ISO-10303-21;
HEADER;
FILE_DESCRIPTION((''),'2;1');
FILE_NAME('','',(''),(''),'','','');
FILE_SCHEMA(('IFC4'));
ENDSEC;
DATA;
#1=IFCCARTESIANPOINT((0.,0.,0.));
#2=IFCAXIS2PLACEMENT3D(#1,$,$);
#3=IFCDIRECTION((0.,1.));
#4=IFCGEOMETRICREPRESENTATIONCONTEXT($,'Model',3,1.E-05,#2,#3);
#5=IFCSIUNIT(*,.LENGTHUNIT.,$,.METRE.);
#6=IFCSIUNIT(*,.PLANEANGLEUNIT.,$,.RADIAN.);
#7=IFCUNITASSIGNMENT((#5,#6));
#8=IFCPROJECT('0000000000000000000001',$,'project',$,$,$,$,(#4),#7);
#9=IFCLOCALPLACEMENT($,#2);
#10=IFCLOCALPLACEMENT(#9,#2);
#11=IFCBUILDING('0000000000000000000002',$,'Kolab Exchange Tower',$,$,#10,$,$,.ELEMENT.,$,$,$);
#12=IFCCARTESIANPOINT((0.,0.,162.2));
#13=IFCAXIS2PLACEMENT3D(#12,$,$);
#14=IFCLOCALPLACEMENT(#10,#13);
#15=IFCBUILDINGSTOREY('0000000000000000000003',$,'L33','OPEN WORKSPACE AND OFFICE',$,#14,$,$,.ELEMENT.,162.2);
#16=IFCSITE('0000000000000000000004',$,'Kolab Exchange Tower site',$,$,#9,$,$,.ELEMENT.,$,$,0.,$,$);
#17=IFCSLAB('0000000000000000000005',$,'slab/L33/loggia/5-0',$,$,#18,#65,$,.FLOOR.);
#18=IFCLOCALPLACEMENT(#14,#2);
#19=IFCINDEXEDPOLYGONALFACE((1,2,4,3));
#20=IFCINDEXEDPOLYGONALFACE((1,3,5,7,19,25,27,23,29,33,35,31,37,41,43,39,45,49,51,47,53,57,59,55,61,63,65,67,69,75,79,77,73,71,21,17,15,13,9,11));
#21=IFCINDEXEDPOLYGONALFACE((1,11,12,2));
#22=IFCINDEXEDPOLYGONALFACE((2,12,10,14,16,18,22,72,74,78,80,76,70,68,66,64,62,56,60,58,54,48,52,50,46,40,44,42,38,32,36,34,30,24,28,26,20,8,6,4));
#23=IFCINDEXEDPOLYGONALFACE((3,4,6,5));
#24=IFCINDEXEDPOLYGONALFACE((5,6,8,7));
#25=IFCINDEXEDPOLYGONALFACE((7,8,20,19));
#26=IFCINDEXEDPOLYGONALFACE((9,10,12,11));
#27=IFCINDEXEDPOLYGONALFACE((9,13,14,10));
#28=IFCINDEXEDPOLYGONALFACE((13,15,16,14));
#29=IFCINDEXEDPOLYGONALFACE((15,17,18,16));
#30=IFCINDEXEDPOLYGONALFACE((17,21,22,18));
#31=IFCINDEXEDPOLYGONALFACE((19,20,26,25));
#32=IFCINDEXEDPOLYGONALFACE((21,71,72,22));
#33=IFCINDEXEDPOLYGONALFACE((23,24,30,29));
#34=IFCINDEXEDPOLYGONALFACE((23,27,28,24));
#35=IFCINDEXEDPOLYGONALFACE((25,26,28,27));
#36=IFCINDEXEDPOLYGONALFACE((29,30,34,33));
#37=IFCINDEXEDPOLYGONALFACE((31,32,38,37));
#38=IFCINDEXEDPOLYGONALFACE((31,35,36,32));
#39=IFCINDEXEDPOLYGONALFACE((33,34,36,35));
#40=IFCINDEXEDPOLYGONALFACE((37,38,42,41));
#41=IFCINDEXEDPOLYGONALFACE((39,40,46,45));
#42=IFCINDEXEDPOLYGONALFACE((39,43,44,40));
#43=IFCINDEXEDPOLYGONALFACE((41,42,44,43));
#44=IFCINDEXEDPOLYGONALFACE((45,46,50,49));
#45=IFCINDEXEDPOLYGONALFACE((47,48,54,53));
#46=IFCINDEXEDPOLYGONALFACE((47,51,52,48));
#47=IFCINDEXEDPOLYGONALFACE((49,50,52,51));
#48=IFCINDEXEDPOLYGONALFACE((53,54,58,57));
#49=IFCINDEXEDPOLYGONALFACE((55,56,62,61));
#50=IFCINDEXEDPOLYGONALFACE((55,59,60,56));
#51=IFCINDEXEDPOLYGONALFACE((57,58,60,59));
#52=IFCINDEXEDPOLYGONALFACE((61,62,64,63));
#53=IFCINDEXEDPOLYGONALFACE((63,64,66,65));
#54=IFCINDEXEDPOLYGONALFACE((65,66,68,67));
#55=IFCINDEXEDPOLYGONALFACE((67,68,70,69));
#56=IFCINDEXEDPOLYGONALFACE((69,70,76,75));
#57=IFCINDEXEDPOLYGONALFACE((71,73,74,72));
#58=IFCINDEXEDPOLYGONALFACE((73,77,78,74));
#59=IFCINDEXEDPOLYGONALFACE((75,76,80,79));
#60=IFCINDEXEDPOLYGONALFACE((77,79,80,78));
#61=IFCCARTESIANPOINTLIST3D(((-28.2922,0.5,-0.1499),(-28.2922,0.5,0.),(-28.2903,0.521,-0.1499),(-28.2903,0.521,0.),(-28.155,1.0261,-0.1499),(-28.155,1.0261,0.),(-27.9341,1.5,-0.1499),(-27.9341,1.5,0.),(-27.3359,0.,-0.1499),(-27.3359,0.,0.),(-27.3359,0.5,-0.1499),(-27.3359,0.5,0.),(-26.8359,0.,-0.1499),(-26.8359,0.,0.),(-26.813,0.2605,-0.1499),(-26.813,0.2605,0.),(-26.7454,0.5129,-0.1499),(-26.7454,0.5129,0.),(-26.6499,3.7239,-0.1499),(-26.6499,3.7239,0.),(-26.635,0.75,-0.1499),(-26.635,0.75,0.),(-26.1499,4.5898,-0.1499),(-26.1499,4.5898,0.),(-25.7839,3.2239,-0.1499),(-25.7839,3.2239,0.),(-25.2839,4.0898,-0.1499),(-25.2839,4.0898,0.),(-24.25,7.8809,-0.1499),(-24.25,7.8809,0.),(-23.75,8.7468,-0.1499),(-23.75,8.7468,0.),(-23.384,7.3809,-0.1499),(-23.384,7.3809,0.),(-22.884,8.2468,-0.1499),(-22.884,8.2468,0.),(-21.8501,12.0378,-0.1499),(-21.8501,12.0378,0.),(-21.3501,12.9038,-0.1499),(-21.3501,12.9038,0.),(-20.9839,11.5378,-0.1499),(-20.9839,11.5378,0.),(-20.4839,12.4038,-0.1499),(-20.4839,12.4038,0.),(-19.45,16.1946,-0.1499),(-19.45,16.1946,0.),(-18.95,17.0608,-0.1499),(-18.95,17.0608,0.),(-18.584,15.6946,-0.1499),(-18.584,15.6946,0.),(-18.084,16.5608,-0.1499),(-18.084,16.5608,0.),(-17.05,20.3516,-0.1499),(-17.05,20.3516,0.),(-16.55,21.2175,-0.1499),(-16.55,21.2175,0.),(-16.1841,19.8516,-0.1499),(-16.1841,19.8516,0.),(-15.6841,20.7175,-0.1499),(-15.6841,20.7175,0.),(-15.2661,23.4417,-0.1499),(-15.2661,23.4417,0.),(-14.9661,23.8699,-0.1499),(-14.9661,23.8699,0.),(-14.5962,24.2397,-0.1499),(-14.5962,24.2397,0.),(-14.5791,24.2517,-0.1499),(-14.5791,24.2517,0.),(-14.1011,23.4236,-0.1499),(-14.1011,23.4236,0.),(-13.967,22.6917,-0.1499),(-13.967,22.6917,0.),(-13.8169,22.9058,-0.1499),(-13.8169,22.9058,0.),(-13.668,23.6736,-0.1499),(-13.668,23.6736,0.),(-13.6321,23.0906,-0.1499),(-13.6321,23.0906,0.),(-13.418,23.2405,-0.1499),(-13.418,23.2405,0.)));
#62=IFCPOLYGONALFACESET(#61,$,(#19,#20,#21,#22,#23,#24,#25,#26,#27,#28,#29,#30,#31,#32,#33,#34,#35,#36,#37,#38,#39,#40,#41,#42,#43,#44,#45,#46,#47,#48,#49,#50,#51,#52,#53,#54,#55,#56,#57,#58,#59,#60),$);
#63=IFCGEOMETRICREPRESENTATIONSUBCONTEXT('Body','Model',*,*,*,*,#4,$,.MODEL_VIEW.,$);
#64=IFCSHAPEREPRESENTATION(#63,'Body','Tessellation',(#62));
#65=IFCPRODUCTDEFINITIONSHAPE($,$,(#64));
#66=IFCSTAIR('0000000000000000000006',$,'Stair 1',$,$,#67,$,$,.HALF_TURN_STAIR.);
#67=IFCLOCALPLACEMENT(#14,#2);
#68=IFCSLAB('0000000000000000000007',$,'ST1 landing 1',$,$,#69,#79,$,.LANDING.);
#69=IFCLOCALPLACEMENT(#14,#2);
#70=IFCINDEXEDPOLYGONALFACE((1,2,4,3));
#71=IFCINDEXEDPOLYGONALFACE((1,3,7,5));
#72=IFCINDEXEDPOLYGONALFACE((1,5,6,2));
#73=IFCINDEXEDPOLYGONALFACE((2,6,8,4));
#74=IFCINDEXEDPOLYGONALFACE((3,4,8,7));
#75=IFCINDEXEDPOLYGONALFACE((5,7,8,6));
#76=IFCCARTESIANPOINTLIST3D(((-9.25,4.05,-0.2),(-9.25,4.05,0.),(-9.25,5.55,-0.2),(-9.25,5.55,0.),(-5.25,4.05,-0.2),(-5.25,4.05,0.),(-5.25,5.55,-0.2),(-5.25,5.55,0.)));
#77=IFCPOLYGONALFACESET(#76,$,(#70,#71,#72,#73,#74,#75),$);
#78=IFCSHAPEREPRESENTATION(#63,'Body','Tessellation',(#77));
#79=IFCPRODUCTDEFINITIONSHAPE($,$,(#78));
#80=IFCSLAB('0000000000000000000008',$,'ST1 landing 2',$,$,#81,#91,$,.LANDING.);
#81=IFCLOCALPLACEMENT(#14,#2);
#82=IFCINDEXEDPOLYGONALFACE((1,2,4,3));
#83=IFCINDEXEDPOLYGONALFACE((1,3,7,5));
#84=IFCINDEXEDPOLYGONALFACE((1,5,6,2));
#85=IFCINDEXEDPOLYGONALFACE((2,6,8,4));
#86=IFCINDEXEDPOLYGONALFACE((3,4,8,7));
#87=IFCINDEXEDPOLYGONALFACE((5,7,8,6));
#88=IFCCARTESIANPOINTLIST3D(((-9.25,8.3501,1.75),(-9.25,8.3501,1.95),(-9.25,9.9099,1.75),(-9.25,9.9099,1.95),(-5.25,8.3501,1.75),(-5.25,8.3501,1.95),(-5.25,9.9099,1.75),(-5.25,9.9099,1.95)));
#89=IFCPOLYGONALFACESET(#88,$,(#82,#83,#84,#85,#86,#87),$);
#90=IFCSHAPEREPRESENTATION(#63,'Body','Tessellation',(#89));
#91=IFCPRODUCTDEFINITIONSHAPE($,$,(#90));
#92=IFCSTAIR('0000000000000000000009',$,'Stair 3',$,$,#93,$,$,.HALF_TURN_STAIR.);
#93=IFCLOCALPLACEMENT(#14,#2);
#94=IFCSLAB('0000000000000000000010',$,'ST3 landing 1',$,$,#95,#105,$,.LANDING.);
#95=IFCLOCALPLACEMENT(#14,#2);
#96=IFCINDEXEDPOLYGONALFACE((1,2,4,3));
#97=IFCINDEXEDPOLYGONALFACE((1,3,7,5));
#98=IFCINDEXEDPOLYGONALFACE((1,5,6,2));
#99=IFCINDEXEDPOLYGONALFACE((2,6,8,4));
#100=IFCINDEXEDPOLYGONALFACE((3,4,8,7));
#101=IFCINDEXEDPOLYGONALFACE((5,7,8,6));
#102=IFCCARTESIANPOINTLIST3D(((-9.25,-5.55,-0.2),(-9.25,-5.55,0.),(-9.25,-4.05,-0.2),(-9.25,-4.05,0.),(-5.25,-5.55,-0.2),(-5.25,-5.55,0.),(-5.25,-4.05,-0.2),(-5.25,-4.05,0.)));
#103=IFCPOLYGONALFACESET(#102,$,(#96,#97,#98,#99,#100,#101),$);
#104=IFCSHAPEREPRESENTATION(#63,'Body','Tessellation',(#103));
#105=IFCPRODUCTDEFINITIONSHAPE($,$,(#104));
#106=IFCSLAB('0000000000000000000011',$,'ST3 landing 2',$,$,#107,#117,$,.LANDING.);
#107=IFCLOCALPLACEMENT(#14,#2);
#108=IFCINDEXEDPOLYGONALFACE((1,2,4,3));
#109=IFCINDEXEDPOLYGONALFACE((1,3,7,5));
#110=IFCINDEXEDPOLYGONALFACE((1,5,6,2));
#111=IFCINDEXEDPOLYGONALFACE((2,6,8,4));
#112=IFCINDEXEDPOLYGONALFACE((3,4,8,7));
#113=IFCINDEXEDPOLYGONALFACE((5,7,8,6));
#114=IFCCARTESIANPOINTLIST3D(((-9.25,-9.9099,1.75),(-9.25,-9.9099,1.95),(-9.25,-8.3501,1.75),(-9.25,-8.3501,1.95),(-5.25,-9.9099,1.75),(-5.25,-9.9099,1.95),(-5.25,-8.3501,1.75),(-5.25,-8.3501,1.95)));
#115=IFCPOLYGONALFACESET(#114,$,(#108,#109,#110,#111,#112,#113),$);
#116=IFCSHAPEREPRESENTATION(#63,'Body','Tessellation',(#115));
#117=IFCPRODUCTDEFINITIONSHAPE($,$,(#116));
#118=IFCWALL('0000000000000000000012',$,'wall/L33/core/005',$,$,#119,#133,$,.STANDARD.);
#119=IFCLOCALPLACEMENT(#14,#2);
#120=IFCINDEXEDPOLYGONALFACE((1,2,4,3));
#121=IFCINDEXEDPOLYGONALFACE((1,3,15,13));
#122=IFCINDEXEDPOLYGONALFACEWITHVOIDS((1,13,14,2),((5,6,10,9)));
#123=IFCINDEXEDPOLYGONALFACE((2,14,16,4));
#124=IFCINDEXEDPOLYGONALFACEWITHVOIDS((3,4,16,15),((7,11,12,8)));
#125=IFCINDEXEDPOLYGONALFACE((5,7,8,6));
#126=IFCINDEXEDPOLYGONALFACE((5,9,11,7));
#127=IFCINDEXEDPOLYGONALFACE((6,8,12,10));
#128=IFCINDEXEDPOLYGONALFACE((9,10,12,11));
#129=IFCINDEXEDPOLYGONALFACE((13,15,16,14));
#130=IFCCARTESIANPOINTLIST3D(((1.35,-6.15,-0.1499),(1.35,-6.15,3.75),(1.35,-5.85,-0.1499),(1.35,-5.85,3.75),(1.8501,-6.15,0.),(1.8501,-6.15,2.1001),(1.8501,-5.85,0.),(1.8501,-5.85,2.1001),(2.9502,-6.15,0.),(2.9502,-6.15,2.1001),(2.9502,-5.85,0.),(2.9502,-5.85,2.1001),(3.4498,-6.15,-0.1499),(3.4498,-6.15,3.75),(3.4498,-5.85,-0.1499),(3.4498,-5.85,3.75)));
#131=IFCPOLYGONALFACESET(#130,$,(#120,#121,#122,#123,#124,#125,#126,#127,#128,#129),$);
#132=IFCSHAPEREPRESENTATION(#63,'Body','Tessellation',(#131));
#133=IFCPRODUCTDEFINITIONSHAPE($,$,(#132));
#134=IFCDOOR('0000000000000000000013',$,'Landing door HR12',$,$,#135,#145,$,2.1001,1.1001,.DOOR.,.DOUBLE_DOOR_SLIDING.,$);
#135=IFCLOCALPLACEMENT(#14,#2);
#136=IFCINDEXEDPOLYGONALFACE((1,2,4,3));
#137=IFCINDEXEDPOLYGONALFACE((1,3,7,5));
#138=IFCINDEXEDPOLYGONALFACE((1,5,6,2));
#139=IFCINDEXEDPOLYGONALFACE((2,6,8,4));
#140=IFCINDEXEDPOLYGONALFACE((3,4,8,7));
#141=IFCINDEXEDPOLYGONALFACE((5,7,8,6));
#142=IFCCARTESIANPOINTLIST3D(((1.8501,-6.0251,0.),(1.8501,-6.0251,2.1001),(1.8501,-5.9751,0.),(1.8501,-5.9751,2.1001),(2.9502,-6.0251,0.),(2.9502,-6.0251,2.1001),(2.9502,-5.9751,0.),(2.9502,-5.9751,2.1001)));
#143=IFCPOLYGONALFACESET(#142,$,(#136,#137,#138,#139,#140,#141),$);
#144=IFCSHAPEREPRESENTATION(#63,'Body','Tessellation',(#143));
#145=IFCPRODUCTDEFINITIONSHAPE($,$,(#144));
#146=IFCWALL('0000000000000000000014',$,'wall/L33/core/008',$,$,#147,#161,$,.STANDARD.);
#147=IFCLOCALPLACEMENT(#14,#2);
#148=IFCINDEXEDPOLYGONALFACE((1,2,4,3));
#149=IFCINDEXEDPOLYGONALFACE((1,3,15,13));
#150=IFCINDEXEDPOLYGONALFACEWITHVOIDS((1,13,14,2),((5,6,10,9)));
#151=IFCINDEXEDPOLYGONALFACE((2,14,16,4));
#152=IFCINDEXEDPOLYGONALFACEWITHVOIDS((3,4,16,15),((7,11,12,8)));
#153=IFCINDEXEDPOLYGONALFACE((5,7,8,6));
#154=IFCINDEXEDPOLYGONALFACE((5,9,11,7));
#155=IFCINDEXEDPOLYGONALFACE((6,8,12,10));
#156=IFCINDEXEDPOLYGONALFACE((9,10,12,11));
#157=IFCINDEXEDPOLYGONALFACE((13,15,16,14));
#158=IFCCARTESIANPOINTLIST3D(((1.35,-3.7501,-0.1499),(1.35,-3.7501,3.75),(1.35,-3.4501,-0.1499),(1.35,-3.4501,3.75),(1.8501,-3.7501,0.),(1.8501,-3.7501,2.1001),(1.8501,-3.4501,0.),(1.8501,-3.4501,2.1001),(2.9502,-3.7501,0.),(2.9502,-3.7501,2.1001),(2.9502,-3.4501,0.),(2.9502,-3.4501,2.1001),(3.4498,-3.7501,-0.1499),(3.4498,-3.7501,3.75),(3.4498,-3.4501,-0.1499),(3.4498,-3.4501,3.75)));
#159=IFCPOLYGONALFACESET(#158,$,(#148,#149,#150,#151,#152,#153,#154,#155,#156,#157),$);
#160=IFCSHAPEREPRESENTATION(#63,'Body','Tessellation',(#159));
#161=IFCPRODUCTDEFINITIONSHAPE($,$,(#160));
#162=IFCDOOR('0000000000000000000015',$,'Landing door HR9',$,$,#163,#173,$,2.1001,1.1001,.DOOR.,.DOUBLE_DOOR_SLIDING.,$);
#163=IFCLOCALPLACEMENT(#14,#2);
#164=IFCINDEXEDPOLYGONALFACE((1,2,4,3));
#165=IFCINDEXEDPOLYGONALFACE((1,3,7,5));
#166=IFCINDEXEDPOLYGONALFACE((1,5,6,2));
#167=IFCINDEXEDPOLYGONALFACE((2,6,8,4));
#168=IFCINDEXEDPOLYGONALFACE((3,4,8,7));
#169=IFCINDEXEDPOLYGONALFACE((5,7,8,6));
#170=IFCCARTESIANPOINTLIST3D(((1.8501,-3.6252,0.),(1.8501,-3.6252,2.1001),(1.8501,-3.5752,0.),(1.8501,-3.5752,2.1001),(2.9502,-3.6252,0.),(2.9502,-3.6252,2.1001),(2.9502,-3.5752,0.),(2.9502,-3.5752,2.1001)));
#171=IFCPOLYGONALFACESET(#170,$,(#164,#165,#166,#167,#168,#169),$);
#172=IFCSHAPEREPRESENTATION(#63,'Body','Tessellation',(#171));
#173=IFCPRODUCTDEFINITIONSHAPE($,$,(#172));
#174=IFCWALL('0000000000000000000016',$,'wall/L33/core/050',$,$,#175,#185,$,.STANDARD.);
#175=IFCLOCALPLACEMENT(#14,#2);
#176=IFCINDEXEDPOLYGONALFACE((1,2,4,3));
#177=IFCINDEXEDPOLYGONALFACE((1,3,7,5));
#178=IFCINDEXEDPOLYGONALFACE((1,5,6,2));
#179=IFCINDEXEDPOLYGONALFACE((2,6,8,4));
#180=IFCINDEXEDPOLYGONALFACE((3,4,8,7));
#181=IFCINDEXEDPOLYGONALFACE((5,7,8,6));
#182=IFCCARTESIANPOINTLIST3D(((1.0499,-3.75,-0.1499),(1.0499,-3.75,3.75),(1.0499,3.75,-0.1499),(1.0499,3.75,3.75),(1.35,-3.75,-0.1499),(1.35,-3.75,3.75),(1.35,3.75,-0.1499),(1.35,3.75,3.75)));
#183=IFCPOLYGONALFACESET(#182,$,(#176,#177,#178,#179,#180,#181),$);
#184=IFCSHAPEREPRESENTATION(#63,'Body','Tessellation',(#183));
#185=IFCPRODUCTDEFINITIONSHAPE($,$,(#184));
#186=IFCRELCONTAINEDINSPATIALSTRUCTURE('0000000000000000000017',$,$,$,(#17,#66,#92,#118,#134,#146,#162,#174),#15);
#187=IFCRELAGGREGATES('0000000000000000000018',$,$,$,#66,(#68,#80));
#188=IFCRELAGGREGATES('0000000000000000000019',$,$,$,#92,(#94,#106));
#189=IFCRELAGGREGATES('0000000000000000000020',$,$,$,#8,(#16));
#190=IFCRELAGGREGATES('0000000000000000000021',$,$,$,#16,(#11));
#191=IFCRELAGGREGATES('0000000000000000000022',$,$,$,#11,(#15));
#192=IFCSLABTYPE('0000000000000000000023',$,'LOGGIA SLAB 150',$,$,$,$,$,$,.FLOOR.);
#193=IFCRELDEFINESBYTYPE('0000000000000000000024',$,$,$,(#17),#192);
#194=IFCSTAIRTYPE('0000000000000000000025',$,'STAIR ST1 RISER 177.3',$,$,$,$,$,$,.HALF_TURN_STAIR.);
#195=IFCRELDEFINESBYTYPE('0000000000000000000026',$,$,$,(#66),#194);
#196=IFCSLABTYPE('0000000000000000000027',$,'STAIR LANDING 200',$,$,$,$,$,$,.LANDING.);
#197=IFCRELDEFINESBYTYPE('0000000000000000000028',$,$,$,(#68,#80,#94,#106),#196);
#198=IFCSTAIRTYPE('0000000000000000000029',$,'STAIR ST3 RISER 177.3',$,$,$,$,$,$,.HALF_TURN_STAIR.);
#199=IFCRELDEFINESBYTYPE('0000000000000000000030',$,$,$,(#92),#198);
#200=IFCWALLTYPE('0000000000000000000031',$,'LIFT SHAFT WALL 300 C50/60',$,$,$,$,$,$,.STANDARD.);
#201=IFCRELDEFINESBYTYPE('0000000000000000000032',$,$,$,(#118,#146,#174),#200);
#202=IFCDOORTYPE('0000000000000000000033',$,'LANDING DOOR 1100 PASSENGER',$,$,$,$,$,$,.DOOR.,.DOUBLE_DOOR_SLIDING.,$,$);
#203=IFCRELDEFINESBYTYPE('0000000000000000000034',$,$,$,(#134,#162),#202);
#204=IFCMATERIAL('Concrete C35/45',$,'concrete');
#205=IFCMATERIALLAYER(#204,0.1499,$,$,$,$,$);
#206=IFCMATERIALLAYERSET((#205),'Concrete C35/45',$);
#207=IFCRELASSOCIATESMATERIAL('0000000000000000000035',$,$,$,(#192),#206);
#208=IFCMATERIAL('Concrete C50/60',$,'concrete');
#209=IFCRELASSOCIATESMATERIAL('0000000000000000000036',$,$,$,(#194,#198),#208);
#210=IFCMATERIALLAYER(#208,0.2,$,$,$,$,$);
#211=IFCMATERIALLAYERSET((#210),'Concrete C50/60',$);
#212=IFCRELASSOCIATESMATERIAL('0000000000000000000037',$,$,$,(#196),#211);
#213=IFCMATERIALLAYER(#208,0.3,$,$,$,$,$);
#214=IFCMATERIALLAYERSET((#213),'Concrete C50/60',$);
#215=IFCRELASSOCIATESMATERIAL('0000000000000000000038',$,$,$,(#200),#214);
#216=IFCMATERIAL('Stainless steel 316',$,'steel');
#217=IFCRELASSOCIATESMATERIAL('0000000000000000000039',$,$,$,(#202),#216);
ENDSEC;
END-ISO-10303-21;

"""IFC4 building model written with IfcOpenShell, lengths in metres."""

from ifc_helpers import new_model, si_unit, direction, frame, frame_2d, origin, place, context, subcontext, project, spatial, polyline, rectangle, outline, extrude, material, layer, layer_set, type_object, element, fill, aggregate, save


model = new_model("IFC4")

# Units and contexts
model_context = context("Model", 3, precision=1e-05, world=origin(), true_north=direction((0.0, 1.0)))
body_context = subcontext(model_context, "Body", "Model", "MODEL_VIEW")
ifc_project = project(units=[si_unit("LENGTHUNIT", "METRE"), si_unit("PLANEANGLEUNIT", "RADIAN")], contexts=[model_context])

# Site, building, storey
site_placement = place(None, origin())
site = spatial("IfcSite", under=ifc_project, at=site_placement, Name="Kolab Exchange Tower site", CompositionType="ELEMENT", RefElevation=0.0)
building_placement = place(site_placement, origin())
building = spatial("IfcBuilding", under=site, at=building_placement, Name="Kolab Exchange Tower", CompositionType="ELEMENT")
storey_placement = place(building_placement, frame((0.0, 0.0, 162.2)))
storey = spatial("IfcBuildingStorey", under=building, at=storey_placement, Name="L33", Description="OPEN WORKSPACE AND OFFICE", CompositionType="ELEMENT", Elevation=162.2)

# Slab
ifc_material_1 = material(Name="Concrete C35/45", Category="concrete")
ifc_layer_1 = layer(ifc_material_1, 0.1499)
ifc_layer_set_1 = layer_set([ifc_layer_1], Name="Concrete C35/45")
slab_type_1 = type_object("IfcSlabType", Name="LOGGIA SLAB 150", PredefinedType="FLOOR", material=ifc_layer_set_1)
slab_1_placement = place(storey_placement, frame((0.0, 0.0, -0.1499)))
element("IfcSlab", 1, at=slab_1_placement, inside=storey, type_object=slab_type_1, Name="slab/L33/loggia/5-0", PredefinedType="FLOOR", context=body_context, shape_type="SweptSolid", body=[
    extrude(outline(polyline([(-13.418, 23.2405), (-13.668, 23.6736), (-14.1011, 23.4236), (-14.5791, 24.2517), (-14.5962, 24.2397), (-14.9661, 23.8699), (-15.2661, 23.4417), (-16.55, 21.2175), (-15.6841, 20.7175), (-16.1841, 19.8516), (-17.05, 20.3516), (-18.95, 17.0608), (-18.084, 16.5608), (-18.584, 15.6946), (-19.45, 16.1946), (-21.3501, 12.9038), (-20.4839, 12.4038), (-20.9839, 11.5378), (-21.8501, 12.0378), (-23.75, 8.7468), (-22.884, 8.2468), (-23.384, 7.3809), (-24.25, 7.8809), (-26.1499, 4.5898), (-25.2839, 4.0898), (-25.7839, 3.2239), (-26.6499, 3.7239), (-27.9341, 1.5), (-28.155, 1.0261), (-28.2903, 0.521), (-28.2922, 0.5), (-27.3359, 0.5), (-27.3359, 0.0), (-26.8359, 0.0), (-26.813, 0.2605), (-26.7454, 0.5129), (-26.635, 0.75), (-13.967, 22.6917), (-13.8169, 22.9058), (-13.6321, 23.0906), (-13.418, 23.2405)])), origin(), (0.0, 0.0, 1.0), 0.1499),
])

# Stairs, slabs
ifc_material_2 = material(Name="Concrete C50/60", Category="concrete")
stair_type_1 = type_object("IfcStairType", Name="STAIR ST1 RISER 177.3", PredefinedType="HALF_TURN_STAIR", material=ifc_material_2)
stair_1_placement = place(storey_placement, origin())
stair_1 = element("IfcStair", 2, at=stair_1_placement, inside=storey, type_object=stair_type_1, Name="Stair 1", PredefinedType="HALF_TURN_STAIR")
ifc_layer_2 = layer(ifc_material_2, 0.2)
ifc_layer_set_2 = layer_set([ifc_layer_2], Name="Concrete C50/60")
slab_type_2 = type_object("IfcSlabType", Name="STAIR LANDING 200", PredefinedType="LANDING", material=ifc_layer_set_2)
slab_2_placement = place(storey_placement, frame((0.0, 0.0, -0.2)))
slab_2 = element("IfcSlab", 3, at=slab_2_placement, type_object=slab_type_2, Name="ST1 landing 1", PredefinedType="LANDING", context=body_context, shape_type="SweptSolid", body=[
    extrude(outline(polyline([(-9.25, 4.05), (-5.25, 4.05), (-5.25, 5.55), (-9.25, 5.55), (-9.25, 4.05)])), origin(), (0.0, 0.0, 1.0), 0.2),
])
slab_3_placement = place(storey_placement, frame((0.0, 0.0, 1.75)))
slab_3 = element("IfcSlab", 4, at=slab_3_placement, type_object=slab_type_2, Name="ST1 landing 2", PredefinedType="LANDING", context=body_context, shape_type="SweptSolid", body=[
    extrude(outline(polyline([(-9.25, 8.3501), (-5.25, 8.3501), (-5.25, 9.9099), (-9.25, 9.9099), (-9.25, 8.3501)])), origin(), (0.0, 0.0, 1.0), 0.2),
])
aggregate(stair_1, [slab_2, slab_3])
stair_type_2 = type_object("IfcStairType", Name="STAIR ST3 RISER 177.3", PredefinedType="HALF_TURN_STAIR", material=ifc_material_2)
stair_2_placement = place(storey_placement, origin())
stair_2 = element("IfcStair", 5, at=stair_2_placement, inside=storey, type_object=stair_type_2, Name="Stair 3", PredefinedType="HALF_TURN_STAIR")
slab_4_placement = place(storey_placement, frame((0.0, 0.0, -0.2)))
slab_4 = element("IfcSlab", 6, at=slab_4_placement, type_object=slab_type_2, Name="ST3 landing 1", PredefinedType="LANDING", context=body_context, shape_type="SweptSolid", body=[
    extrude(outline(polyline([(-9.25, -5.55), (-5.25, -5.55), (-5.25, -4.05), (-9.25, -4.05), (-9.25, -5.55)])), origin(), (0.0, 0.0, 1.0), 0.2),
])
slab_5_placement = place(storey_placement, frame((0.0, 0.0, 1.75)))
slab_5 = element("IfcSlab", 7, at=slab_5_placement, type_object=slab_type_2, Name="ST3 landing 2", PredefinedType="LANDING", context=body_context, shape_type="SweptSolid", body=[
    extrude(outline(polyline([(-9.25, -9.9099), (-5.25, -9.9099), (-5.25, -8.3501), (-9.25, -8.3501), (-9.25, -9.9099)])), origin(), (0.0, 0.0, 1.0), 0.2),
])
aggregate(stair_2, [slab_4, slab_5])

# Walls, openings, doors
ifc_layer_3 = layer(ifc_material_2, 0.3)
ifc_layer_set_3 = layer_set([ifc_layer_3], Name="Concrete C50/60")
wall_type_1 = type_object("IfcWallType", Name="LIFT SHAFT WALL 300 C50/60", PredefinedType="STANDARD", material=ifc_layer_set_3)
wall_1_placement = place(storey_placement, frame((1.3501, -6.0, -0.1499), z_axis=(0.0, 0.0, 1.0), x_axis=(1.0, 0.0, 0.0)))
wall_1 = element("IfcWall", 8, at=wall_1_placement, inside=storey, type_object=wall_type_1, Name="wall/L33/core/005", PredefinedType="STANDARD", context=body_context, shape_type="SweptSolid", body=[
    extrude(rectangle(XDim=2.0999, YDim=0.3, at=frame_2d((1.0498, 0.0))), origin(), (0.0, 0.0, 1.0), 3.8999),
])
opening_1_placement = place(wall_1_placement, frame((0.5, 0.0, 0.1499)))
opening_1 = element("IfcOpeningElement", 9, at=opening_1_placement, cuts=wall_1, PredefinedType="OPENING", context=body_context, shape_type="SweptSolid", body=[
    extrude(rectangle(XDim=1.1001, YDim=2.1001, at=frame_2d((0.55, 1.05))), frame((0.0, 0.1602, 0.0), z_axis=(0.0, -1.0, 0.0), x_axis=(1.0, 0.0, 0.0)), (0.0, 0.0, 1.0), 0.3201),
])
ifc_material_3 = material(Name="Stainless steel 316", Category="steel")
door_type_1 = type_object("IfcDoorType", Name="LANDING DOOR 1100 PASSENGER", OperationType="DOUBLE_DOOR_SLIDING", PredefinedType="DOOR", material=ifc_material_3)
door_1_placement = place(opening_1_placement, origin())
door_1 = element("IfcDoor", 10, at=door_1_placement, inside=storey, type_object=door_type_1, Name="Landing door HR12", OperationType="DOUBLE_DOOR_SLIDING", OverallHeight=2.1001, OverallWidth=1.1001, PredefinedType="DOOR", context=body_context, shape_type="SweptSolid", body=[
    extrude(rectangle(XDim=1.1001, YDim=2.1001, at=frame_2d((0.55, 1.05))), frame((0.0, 0.0249, 0.0), z_axis=(0.0, -1.0, 0.0), x_axis=(1.0, 0.0, 0.0)), (0.0, 0.0, 1.0), 0.05),
])
fill(opening_1, door_1)
wall_2_placement = place(storey_placement, frame((1.3501, -3.6001, -0.1499), z_axis=(0.0, 0.0, 1.0), x_axis=(1.0, 0.0, 0.0)))
wall_2 = element("IfcWall", 11, at=wall_2_placement, inside=storey, type_object=wall_type_1, Name="wall/L33/core/008", PredefinedType="STANDARD", context=body_context, shape_type="SweptSolid", body=[
    extrude(rectangle(XDim=2.0999, YDim=0.3, at=frame_2d((1.0498, 0.0))), origin(), (0.0, 0.0, 1.0), 3.8999),
])
opening_2_placement = place(wall_2_placement, frame((0.5, 0.0, 0.1499)))
opening_2 = element("IfcOpeningElement", 12, at=opening_2_placement, cuts=wall_2, PredefinedType="OPENING", context=body_context, shape_type="SweptSolid", body=[
    extrude(rectangle(XDim=1.1001, YDim=2.1001, at=frame_2d((0.55, 1.05))), frame((0.0, 0.1602, 0.0), z_axis=(0.0, -1.0, 0.0), x_axis=(1.0, 0.0, 0.0)), (0.0, 0.0, 1.0), 0.3201),
])
door_2_placement = place(opening_2_placement, origin())
door_2 = element("IfcDoor", 13, at=door_2_placement, inside=storey, type_object=door_type_1, Name="Landing door HR9", OperationType="DOUBLE_DOOR_SLIDING", OverallHeight=2.1001, OverallWidth=1.1001, PredefinedType="DOOR", context=body_context, shape_type="SweptSolid", body=[
    extrude(rectangle(XDim=1.1001, YDim=2.1001, at=frame_2d((0.55, 1.05))), frame((0.0, 0.0249, 0.0), z_axis=(0.0, -1.0, 0.0), x_axis=(1.0, 0.0, 0.0)), (0.0, 0.0, 1.0), 0.05),
])
fill(opening_2, door_2)

# Wall
for number, where, z_axis, x_axis, name in (
    (14, (1.2, -3.75, -0.1499), (0.0, 0.0, 1.0), (0.0, 1.0, 0.0), "wall/L33/core/050"),
):
    element("IfcWall", number, at=place(storey_placement, frame(where, z_axis=z_axis, x_axis=x_axis)), inside=storey, type_object=wall_type_1, Name=name, PredefinedType="STANDARD", context=body_context, shape_type="SweptSolid", body=[
        extrude(rectangle(XDim=7.5, YDim=0.3, at=frame_2d((3.75, 0.0))), origin(), (0.0, 0.0, 1.0), 3.8999),
    ])

save(model, "model.ifc")
